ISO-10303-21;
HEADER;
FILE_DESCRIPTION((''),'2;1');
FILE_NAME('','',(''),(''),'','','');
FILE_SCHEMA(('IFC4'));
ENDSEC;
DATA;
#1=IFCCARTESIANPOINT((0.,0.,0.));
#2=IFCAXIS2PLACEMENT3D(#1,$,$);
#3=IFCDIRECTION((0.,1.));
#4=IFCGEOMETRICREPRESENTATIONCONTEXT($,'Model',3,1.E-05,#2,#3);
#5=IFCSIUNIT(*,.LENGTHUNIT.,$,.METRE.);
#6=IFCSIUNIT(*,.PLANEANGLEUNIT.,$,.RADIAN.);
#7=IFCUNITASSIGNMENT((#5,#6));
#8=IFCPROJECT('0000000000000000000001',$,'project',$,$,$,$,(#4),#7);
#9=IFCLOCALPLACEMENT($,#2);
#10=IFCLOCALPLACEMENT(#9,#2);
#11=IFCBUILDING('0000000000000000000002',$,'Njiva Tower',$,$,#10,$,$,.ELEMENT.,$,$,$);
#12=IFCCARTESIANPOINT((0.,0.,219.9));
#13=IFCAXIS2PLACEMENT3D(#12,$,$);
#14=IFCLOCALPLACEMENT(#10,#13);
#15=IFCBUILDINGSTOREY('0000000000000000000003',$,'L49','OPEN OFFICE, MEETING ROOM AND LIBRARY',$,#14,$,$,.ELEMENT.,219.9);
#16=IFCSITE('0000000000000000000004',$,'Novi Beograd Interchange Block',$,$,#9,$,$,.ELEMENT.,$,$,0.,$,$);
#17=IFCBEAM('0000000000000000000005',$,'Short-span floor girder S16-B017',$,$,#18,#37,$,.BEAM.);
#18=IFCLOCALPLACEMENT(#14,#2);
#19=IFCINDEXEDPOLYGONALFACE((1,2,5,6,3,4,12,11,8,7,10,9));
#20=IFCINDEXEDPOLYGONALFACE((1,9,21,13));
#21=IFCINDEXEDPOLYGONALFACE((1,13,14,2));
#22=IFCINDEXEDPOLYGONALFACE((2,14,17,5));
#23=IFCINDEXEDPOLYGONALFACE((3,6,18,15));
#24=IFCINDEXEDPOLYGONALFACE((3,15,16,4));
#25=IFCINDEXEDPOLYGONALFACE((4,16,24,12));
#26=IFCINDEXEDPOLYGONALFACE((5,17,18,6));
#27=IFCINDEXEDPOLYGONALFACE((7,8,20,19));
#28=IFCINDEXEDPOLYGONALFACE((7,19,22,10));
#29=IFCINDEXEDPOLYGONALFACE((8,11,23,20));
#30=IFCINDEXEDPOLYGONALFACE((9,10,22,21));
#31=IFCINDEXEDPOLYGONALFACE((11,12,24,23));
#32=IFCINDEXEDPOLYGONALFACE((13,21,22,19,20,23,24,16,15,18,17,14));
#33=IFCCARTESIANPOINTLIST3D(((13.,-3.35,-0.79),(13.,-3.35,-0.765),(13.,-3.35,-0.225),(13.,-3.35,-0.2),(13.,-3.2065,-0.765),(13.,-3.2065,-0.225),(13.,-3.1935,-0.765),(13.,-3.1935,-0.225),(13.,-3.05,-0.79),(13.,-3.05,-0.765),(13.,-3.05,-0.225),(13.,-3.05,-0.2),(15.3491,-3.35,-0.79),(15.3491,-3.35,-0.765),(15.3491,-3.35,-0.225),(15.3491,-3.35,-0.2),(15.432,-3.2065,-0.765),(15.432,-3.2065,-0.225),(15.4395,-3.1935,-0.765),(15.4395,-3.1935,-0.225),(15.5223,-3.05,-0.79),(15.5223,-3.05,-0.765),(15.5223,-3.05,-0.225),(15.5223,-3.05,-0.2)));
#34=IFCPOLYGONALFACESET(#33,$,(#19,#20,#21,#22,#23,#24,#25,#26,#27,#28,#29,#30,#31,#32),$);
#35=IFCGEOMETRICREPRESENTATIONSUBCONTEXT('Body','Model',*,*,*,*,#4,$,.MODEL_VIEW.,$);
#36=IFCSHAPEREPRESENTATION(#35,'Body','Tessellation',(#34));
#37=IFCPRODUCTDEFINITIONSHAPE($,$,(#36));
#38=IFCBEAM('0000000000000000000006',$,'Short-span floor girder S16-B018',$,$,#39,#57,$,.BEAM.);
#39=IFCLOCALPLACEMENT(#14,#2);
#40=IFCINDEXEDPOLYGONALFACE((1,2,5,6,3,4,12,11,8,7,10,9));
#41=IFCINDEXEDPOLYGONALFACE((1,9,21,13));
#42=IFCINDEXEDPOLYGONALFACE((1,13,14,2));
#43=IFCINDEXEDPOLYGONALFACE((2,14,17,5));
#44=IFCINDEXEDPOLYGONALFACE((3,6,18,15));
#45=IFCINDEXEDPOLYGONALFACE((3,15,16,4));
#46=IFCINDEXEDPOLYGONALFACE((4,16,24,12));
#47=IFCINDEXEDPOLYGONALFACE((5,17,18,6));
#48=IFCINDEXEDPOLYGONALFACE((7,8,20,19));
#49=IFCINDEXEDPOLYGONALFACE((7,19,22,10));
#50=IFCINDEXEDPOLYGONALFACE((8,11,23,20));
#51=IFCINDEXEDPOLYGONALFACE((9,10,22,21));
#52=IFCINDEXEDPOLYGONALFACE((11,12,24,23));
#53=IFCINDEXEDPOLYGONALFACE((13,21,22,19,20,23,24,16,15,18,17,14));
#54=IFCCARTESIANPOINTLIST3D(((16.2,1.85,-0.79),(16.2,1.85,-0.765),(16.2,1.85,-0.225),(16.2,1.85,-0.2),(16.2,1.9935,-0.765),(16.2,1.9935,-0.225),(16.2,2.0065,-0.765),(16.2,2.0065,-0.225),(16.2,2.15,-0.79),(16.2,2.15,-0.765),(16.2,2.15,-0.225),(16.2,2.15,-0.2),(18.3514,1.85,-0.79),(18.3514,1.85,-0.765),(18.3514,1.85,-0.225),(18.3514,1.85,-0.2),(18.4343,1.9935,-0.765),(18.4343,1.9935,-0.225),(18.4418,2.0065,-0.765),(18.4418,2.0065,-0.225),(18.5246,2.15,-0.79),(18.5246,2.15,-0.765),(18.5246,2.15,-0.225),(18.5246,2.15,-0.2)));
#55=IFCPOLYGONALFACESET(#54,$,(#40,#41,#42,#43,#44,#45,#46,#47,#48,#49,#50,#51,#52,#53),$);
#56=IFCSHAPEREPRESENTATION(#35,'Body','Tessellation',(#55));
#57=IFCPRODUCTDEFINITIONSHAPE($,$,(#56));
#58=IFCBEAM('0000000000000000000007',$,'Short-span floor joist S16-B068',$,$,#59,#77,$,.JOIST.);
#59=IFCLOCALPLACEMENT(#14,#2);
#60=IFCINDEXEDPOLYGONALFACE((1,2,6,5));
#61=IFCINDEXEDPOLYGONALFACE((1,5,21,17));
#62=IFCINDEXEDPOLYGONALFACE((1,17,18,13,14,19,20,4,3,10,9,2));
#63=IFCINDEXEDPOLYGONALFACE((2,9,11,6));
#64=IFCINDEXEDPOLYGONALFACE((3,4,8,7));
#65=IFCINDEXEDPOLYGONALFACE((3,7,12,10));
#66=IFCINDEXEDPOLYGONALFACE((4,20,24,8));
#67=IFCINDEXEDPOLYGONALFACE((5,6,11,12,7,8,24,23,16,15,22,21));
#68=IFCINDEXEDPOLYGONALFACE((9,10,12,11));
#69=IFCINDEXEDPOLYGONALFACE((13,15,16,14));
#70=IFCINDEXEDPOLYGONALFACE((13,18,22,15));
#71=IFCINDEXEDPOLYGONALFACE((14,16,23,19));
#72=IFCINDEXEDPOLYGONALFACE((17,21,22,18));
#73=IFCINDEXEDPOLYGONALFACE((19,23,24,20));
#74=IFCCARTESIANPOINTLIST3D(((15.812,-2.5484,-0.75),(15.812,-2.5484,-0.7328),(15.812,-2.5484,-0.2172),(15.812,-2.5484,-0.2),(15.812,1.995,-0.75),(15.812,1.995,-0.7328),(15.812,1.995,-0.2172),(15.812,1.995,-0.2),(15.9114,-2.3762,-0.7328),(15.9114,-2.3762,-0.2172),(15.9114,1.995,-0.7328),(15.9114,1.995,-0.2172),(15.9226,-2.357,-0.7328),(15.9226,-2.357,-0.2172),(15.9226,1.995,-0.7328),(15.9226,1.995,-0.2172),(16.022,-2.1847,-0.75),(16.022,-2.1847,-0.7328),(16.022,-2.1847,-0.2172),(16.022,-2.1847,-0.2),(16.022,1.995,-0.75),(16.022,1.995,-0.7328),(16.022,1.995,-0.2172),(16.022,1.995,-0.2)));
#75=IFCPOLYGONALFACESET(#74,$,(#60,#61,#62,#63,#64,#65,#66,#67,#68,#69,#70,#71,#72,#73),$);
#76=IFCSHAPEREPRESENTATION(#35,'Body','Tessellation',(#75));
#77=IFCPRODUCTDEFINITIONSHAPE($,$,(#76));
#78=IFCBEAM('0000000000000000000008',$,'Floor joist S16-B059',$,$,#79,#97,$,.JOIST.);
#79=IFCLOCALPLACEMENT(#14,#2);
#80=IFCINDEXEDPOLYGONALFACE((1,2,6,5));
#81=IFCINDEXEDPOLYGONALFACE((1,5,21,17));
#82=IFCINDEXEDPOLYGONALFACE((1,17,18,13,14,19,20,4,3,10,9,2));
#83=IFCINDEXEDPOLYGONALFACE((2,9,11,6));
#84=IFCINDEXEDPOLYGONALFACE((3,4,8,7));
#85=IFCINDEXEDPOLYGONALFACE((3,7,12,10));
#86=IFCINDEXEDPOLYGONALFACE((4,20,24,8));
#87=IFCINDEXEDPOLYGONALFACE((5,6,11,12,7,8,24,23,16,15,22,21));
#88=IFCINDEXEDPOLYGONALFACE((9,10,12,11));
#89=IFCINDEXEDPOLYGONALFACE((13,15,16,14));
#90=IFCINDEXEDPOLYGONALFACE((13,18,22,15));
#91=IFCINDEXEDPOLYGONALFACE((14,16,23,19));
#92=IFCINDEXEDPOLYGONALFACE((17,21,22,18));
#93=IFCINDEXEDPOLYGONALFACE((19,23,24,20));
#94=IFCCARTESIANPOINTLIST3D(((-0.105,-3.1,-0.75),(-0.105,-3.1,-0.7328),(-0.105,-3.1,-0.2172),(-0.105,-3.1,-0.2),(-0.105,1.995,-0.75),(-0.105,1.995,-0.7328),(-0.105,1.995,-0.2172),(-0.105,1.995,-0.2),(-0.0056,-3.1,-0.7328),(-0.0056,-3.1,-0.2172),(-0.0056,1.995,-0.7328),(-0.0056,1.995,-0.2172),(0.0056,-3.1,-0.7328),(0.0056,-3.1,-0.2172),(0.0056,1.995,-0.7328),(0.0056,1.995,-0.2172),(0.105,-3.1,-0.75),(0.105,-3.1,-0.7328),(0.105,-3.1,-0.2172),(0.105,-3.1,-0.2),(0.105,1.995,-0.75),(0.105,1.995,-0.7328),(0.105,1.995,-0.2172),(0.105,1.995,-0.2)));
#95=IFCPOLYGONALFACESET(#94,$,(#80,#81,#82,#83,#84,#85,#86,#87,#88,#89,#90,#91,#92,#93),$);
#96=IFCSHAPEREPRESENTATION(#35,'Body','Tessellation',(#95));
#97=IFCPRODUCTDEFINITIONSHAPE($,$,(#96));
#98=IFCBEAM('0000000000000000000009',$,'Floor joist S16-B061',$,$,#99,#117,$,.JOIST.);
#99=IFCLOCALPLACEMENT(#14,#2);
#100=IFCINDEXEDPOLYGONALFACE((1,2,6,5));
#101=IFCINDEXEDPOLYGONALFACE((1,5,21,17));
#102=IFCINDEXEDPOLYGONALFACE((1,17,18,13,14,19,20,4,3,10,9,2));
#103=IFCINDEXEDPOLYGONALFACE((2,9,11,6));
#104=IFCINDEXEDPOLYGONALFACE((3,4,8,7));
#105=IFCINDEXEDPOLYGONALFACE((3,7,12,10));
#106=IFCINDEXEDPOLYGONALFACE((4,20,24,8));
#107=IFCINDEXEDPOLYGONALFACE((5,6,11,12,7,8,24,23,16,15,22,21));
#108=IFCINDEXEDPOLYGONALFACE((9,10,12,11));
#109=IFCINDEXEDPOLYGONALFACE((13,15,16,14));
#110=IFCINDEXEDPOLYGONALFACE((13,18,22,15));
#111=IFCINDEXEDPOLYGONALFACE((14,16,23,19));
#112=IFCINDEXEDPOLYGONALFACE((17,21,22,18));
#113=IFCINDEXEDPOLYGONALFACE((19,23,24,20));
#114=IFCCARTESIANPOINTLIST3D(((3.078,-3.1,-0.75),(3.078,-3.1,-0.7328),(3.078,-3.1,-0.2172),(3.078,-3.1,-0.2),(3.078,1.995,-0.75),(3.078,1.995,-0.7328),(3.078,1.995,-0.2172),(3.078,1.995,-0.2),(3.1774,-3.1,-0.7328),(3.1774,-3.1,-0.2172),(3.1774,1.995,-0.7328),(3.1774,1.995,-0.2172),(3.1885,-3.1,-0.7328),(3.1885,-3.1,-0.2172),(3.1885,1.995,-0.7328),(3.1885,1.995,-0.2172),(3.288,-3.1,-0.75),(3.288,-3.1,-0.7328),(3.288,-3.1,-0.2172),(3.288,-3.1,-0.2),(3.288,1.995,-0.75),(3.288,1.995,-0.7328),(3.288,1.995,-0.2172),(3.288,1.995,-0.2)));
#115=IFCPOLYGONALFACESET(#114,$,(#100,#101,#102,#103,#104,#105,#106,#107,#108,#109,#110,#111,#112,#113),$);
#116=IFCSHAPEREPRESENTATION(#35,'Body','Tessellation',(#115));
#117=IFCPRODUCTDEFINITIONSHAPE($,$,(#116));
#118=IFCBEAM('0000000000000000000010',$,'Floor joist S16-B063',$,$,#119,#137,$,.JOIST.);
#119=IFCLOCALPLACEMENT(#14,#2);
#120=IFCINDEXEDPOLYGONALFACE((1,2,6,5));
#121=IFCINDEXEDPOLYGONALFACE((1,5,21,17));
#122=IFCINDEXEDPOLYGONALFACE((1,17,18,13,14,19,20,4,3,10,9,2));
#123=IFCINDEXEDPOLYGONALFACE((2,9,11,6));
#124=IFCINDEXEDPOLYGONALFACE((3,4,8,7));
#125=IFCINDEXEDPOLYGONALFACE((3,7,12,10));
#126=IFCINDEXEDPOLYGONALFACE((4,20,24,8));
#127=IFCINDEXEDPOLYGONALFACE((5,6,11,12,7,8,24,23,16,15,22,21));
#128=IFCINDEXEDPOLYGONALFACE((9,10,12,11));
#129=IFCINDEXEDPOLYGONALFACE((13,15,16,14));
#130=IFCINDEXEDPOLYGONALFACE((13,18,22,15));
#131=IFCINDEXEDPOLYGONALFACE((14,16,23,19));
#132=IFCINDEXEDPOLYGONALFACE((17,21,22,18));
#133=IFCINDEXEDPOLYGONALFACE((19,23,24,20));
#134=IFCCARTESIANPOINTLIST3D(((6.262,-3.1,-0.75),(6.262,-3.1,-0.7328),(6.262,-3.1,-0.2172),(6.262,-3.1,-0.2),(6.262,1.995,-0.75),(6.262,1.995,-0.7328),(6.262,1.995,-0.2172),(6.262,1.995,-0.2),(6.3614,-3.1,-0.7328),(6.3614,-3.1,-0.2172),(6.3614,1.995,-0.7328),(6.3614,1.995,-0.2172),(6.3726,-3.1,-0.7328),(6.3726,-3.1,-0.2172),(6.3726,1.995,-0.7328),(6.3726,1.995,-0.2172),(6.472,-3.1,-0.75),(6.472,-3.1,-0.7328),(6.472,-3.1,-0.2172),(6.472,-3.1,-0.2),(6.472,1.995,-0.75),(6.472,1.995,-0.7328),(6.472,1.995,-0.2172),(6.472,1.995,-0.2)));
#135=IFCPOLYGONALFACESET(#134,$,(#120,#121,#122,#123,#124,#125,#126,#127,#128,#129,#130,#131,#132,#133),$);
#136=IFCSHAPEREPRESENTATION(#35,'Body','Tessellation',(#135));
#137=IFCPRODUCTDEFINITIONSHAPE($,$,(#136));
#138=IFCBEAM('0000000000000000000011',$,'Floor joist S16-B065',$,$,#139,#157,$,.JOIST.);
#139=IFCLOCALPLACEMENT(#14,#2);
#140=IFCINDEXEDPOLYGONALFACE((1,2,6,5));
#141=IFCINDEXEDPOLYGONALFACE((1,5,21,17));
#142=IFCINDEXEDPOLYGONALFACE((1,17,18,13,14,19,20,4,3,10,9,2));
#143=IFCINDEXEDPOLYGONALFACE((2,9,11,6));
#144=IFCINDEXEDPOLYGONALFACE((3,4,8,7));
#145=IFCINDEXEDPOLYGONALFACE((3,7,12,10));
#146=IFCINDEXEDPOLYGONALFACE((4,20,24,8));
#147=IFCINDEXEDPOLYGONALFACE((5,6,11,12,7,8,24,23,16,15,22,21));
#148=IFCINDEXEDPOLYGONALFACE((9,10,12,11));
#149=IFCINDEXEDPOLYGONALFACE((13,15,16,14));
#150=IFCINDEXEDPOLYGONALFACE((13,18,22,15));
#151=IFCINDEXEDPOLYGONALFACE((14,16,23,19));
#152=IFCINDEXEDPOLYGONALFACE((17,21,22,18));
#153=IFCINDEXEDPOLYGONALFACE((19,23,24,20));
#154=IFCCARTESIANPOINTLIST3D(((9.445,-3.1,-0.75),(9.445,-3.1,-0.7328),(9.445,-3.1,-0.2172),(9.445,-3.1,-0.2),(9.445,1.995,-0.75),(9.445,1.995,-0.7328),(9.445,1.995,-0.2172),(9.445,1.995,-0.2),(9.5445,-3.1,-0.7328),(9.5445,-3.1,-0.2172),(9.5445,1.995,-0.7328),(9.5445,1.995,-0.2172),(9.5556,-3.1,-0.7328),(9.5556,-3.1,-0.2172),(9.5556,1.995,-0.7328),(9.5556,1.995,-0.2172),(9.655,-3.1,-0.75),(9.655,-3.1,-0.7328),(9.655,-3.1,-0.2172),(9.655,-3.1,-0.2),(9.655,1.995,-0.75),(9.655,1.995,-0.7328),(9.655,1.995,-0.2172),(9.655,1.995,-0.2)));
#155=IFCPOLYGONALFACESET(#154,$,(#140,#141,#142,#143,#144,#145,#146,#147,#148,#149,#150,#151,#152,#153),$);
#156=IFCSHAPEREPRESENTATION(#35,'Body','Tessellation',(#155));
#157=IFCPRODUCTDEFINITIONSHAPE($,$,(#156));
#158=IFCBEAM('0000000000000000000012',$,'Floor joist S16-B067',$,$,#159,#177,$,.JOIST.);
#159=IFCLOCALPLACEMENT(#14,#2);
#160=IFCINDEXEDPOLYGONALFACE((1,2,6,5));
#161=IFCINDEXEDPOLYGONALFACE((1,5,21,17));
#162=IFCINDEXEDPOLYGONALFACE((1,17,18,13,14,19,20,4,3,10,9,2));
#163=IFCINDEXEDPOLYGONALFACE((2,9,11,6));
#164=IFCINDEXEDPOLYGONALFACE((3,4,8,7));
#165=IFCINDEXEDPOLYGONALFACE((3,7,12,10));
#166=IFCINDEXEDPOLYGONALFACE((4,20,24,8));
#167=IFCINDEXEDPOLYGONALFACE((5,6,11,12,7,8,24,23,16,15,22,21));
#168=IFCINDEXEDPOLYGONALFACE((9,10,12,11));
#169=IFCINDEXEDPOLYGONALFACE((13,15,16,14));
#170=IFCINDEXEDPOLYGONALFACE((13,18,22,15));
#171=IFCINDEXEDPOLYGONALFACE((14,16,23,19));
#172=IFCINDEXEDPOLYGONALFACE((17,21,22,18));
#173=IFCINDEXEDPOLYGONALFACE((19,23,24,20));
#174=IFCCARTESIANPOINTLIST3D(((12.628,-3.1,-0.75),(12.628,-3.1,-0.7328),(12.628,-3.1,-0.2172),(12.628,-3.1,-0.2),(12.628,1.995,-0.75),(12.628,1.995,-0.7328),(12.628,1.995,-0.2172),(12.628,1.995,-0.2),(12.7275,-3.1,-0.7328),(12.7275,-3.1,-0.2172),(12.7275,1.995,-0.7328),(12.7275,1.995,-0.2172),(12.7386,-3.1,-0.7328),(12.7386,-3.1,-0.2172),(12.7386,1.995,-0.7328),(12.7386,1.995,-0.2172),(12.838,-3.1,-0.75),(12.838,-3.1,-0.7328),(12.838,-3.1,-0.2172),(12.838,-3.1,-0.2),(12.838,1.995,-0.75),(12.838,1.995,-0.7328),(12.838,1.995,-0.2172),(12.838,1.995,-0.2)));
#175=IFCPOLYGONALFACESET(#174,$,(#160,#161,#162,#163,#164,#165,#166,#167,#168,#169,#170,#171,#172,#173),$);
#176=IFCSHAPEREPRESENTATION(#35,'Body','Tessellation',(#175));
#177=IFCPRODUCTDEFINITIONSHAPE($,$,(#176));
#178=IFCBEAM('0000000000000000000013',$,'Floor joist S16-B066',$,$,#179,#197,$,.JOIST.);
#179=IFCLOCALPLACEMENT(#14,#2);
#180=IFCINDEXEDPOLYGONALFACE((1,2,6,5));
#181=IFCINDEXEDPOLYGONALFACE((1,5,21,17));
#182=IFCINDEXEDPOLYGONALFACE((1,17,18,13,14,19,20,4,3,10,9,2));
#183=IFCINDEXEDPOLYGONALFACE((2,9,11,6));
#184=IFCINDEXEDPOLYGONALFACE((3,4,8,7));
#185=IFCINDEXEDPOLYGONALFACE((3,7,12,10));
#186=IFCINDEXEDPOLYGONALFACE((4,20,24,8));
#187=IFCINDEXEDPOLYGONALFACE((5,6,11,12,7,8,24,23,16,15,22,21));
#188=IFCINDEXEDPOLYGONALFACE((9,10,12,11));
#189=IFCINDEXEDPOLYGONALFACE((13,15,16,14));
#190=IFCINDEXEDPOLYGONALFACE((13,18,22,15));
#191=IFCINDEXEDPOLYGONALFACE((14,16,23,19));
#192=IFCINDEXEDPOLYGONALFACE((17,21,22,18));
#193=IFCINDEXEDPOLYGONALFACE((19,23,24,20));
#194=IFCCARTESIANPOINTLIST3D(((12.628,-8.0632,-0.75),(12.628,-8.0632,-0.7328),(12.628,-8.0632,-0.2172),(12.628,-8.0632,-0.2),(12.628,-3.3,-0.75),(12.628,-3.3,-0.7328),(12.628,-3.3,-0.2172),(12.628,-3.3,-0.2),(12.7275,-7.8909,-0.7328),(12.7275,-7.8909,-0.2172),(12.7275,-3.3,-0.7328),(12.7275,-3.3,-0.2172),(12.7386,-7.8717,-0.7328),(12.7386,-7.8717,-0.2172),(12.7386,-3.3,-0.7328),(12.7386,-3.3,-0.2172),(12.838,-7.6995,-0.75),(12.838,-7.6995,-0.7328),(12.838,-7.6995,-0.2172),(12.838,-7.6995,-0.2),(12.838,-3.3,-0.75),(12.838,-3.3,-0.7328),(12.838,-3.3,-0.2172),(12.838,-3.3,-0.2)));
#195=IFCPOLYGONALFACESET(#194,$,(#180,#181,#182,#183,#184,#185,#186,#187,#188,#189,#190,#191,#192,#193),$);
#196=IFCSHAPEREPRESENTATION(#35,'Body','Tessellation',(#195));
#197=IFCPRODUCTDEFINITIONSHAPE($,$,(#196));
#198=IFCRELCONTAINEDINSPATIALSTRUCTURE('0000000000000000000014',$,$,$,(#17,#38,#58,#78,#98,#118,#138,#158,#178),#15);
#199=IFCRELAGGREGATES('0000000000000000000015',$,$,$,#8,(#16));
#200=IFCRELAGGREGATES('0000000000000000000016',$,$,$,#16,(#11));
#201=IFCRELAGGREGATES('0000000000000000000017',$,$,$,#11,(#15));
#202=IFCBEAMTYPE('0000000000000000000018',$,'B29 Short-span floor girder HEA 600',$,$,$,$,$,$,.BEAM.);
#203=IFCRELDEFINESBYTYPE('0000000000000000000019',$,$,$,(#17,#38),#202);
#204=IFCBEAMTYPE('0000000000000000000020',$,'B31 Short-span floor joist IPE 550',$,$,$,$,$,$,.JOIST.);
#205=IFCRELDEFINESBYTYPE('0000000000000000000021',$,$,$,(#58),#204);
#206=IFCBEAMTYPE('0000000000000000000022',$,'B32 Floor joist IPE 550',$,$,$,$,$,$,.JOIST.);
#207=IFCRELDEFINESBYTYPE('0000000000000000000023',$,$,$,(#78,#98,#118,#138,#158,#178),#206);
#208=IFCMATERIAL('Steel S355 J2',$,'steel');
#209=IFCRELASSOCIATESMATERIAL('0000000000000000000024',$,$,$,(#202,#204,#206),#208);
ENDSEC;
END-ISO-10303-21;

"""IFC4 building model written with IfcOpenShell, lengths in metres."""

from ifc_helpers import new_model, si_unit, direction, frame, origin, origin_2d, place, context, subcontext, project, spatial, i_section, extrude, clip, halfspace, material, material_profile, profile_set, type_object, element, save


model = new_model("IFC4")

# Units and contexts
model_context = context("Model", 3, precision=1e-05, world=origin(), true_north=direction((0.0, 1.0)))
body_context = subcontext(model_context, "Body", "Model", "MODEL_VIEW")
ifc_project = project(units=[si_unit("LENGTHUNIT", "METRE"), si_unit("PLANEANGLEUNIT", "RADIAN")], contexts=[model_context])

# Site, building, storey
site_placement = place(None, origin())
site = spatial("IfcSite", under=ifc_project, at=site_placement, Name="Novi Beograd Interchange Block", CompositionType="ELEMENT", RefElevation=0.0)
building_placement = place(site_placement, origin())
building = spatial("IfcBuilding", under=site, at=building_placement, Name="Njiva Tower", CompositionType="ELEMENT")
storey_placement = place(building_placement, frame((0.0, 0.0, 219.9)))
storey = spatial("IfcBuildingStorey", under=building, at=storey_placement, Name="L49", Description="OPEN OFFICE, MEETING ROOM AND LIBRARY", CompositionType="ELEMENT", Elevation=219.9)

# Shared definitions
ifc_material_1 = material(Name="Steel S355 J2", Category="steel")

# Beams
ifc_material_profile_1 = material_profile(ifc_material_1, i_section(OverallWidth=0.3, OverallDepth=0.59, WebThickness=0.013, FlangeThickness=0.025, at=origin_2d()), Name="HEA 600")
ifc_profile_set_1 = profile_set([ifc_material_profile_1], Name="Steel S355 J2")
beam_type_1 = type_object("IfcBeamType", Name="B29 Short-span floor girder HEA 600", PredefinedType="BEAM", material=ifc_profile_set_1)
beam_1_placement = place(storey_placement, frame((13.0, -3.2, -0.495), z_axis=(1.0, 0.0, 0.0), x_axis=(0.0, 1.0, 0.0)))
element("IfcBeam", 1, at=beam_1_placement, inside=storey, type_object=beam_type_1, Name="Short-span floor girder S16-B017", PredefinedType="BEAM", context=body_context, shape_type="Clipping", body=[
    clip(extrude(i_section(OverallWidth=0.3, OverallDepth=0.59, WebThickness=0.013, FlangeThickness=0.025, at=origin_2d()), origin(), (0.0, 0.0, 1.0), 2.543), halfspace(frame((-0.025, 0.0, 2.4213), z_axis=(-0.499998, 0.0, 0.866027), x_axis=(0.0, 1.0, 0.0)), False)),
])
beam_2_placement = place(storey_placement, frame((16.2, 2.0, -0.495), z_axis=(1.0, 0.0, 0.0), x_axis=(0.0, 1.0, 0.0)))
element("IfcBeam", 2, at=beam_2_placement, inside=storey, type_object=beam_type_1, Name="Short-span floor girder S16-B018", PredefinedType="BEAM", context=body_context, shape_type="Clipping", body=[
    clip(extrude(i_section(OverallWidth=0.3, OverallDepth=0.59, WebThickness=0.013, FlangeThickness=0.025, at=origin_2d()), origin(), (0.0, 0.0, 1.0), 2.345), halfspace(frame((-0.025, 0.0, 2.2236), z_axis=(-0.499998, 0.0, 0.866027), x_axis=(0.0, 1.0, 0.0)), False)),
])
ifc_material_profile_2 = material_profile(ifc_material_1, i_section(OverallWidth=0.21, OverallDepth=0.55, WebThickness=0.0111, FlangeThickness=0.0172, at=origin_2d()), Name="IPE 550")
ifc_profile_set_2 = profile_set([ifc_material_profile_2], Name="Steel S355 J2")
beam_type_2 = type_object("IfcBeamType", Name="B31 Short-span floor joist IPE 550", PredefinedType="JOIST", material=ifc_profile_set_2)
beam_3_placement = place(storey_placement, frame((15.917, 1.995, -0.475), z_axis=(0.0, -1.0, 0.0), x_axis=(1.0, 0.0, 0.0)))
element("IfcBeam", 3, at=beam_3_placement, inside=storey, type_object=beam_type_2, Name="Short-span floor joist S16-B068", PredefinedType="JOIST", context=body_context, shape_type="Clipping", body=[
    clip(extrude(i_section(OverallWidth=0.21, OverallDepth=0.55, WebThickness=0.0111, FlangeThickness=0.0172, at=origin_2d()), origin(), (0.0, 0.0, 1.0), 4.564), halfspace(frame((0.043, 0.0, 4.2871), z_axis=(0.866027, 0.0, 0.499998), x_axis=(0.0, 1.0, 0.0)), False)),
])
ifc_material_profile_3 = material_profile(ifc_material_1, i_section(OverallWidth=0.21, OverallDepth=0.55, WebThickness=0.0111, FlangeThickness=0.0172, at=origin_2d()), Name="IPE 550")
ifc_profile_set_3 = profile_set([ifc_material_profile_3], Name="Steel S355 J2")
beam_type_3 = type_object("IfcBeamType", Name="B32 Floor joist IPE 550", PredefinedType="JOIST", material=ifc_profile_set_3)
for number, where, z_axis, x_axis, name in (
    (4, (0.0, 1.995, -0.475), (0.0, -1.0, 0.0), (1.0, 0.0, 0.0), "Floor joist S16-B059"),
    (5, (3.183, 1.995, -0.475), (0.0, -1.0, 0.0), (1.0, 0.0, 0.0), "Floor joist S16-B061"),
    (6, (6.367, 1.995, -0.475), (0.0, -1.0, 0.0), (1.0, 0.0, 0.0), "Floor joist S16-B063"),
    (7, (9.55, 1.995, -0.475), (0.0, -1.0, 0.0), (1.0, 0.0, 0.0), "Floor joist S16-B065"),
    (8, (12.733, 1.995, -0.475), (0.0, -1.0, 0.0), (1.0, 0.0, 0.0), "Floor joist S16-B067"),
):
    element("IfcBeam", number, at=place(storey_placement, frame(where, z_axis=z_axis, x_axis=x_axis)), inside=storey, type_object=beam_type_3, Name=name, PredefinedType="JOIST", context=body_context, shape_type="SweptSolid", body=[
        extrude(i_section(OverallWidth=0.21, OverallDepth=0.55, WebThickness=0.0111, FlangeThickness=0.0172, at=origin_2d()), origin(), (0.0, 0.0, 1.0), 5.095),
    ])
beam_4_placement = place(storey_placement, frame((12.733, -3.3, -0.475), z_axis=(0.0, -1.0, 0.0), x_axis=(1.0, 0.0, 0.0)))
element("IfcBeam", 9, at=beam_4_placement, inside=storey, type_object=beam_type_3, Name="Floor joist S16-B066", PredefinedType="JOIST", context=body_context, shape_type="Clipping", body=[
    clip(extrude(i_section(OverallWidth=0.21, OverallDepth=0.55, WebThickness=0.0111, FlangeThickness=0.0172, at=origin_2d()), origin(), (0.0, 0.0, 1.0), 4.783), halfspace(frame((0.0436, 0.0, 4.5058), z_axis=(0.866027, 0.0, 0.499998), x_axis=(0.0, 1.0, 0.0)), False)),
])

save(model, "model.ifc")
